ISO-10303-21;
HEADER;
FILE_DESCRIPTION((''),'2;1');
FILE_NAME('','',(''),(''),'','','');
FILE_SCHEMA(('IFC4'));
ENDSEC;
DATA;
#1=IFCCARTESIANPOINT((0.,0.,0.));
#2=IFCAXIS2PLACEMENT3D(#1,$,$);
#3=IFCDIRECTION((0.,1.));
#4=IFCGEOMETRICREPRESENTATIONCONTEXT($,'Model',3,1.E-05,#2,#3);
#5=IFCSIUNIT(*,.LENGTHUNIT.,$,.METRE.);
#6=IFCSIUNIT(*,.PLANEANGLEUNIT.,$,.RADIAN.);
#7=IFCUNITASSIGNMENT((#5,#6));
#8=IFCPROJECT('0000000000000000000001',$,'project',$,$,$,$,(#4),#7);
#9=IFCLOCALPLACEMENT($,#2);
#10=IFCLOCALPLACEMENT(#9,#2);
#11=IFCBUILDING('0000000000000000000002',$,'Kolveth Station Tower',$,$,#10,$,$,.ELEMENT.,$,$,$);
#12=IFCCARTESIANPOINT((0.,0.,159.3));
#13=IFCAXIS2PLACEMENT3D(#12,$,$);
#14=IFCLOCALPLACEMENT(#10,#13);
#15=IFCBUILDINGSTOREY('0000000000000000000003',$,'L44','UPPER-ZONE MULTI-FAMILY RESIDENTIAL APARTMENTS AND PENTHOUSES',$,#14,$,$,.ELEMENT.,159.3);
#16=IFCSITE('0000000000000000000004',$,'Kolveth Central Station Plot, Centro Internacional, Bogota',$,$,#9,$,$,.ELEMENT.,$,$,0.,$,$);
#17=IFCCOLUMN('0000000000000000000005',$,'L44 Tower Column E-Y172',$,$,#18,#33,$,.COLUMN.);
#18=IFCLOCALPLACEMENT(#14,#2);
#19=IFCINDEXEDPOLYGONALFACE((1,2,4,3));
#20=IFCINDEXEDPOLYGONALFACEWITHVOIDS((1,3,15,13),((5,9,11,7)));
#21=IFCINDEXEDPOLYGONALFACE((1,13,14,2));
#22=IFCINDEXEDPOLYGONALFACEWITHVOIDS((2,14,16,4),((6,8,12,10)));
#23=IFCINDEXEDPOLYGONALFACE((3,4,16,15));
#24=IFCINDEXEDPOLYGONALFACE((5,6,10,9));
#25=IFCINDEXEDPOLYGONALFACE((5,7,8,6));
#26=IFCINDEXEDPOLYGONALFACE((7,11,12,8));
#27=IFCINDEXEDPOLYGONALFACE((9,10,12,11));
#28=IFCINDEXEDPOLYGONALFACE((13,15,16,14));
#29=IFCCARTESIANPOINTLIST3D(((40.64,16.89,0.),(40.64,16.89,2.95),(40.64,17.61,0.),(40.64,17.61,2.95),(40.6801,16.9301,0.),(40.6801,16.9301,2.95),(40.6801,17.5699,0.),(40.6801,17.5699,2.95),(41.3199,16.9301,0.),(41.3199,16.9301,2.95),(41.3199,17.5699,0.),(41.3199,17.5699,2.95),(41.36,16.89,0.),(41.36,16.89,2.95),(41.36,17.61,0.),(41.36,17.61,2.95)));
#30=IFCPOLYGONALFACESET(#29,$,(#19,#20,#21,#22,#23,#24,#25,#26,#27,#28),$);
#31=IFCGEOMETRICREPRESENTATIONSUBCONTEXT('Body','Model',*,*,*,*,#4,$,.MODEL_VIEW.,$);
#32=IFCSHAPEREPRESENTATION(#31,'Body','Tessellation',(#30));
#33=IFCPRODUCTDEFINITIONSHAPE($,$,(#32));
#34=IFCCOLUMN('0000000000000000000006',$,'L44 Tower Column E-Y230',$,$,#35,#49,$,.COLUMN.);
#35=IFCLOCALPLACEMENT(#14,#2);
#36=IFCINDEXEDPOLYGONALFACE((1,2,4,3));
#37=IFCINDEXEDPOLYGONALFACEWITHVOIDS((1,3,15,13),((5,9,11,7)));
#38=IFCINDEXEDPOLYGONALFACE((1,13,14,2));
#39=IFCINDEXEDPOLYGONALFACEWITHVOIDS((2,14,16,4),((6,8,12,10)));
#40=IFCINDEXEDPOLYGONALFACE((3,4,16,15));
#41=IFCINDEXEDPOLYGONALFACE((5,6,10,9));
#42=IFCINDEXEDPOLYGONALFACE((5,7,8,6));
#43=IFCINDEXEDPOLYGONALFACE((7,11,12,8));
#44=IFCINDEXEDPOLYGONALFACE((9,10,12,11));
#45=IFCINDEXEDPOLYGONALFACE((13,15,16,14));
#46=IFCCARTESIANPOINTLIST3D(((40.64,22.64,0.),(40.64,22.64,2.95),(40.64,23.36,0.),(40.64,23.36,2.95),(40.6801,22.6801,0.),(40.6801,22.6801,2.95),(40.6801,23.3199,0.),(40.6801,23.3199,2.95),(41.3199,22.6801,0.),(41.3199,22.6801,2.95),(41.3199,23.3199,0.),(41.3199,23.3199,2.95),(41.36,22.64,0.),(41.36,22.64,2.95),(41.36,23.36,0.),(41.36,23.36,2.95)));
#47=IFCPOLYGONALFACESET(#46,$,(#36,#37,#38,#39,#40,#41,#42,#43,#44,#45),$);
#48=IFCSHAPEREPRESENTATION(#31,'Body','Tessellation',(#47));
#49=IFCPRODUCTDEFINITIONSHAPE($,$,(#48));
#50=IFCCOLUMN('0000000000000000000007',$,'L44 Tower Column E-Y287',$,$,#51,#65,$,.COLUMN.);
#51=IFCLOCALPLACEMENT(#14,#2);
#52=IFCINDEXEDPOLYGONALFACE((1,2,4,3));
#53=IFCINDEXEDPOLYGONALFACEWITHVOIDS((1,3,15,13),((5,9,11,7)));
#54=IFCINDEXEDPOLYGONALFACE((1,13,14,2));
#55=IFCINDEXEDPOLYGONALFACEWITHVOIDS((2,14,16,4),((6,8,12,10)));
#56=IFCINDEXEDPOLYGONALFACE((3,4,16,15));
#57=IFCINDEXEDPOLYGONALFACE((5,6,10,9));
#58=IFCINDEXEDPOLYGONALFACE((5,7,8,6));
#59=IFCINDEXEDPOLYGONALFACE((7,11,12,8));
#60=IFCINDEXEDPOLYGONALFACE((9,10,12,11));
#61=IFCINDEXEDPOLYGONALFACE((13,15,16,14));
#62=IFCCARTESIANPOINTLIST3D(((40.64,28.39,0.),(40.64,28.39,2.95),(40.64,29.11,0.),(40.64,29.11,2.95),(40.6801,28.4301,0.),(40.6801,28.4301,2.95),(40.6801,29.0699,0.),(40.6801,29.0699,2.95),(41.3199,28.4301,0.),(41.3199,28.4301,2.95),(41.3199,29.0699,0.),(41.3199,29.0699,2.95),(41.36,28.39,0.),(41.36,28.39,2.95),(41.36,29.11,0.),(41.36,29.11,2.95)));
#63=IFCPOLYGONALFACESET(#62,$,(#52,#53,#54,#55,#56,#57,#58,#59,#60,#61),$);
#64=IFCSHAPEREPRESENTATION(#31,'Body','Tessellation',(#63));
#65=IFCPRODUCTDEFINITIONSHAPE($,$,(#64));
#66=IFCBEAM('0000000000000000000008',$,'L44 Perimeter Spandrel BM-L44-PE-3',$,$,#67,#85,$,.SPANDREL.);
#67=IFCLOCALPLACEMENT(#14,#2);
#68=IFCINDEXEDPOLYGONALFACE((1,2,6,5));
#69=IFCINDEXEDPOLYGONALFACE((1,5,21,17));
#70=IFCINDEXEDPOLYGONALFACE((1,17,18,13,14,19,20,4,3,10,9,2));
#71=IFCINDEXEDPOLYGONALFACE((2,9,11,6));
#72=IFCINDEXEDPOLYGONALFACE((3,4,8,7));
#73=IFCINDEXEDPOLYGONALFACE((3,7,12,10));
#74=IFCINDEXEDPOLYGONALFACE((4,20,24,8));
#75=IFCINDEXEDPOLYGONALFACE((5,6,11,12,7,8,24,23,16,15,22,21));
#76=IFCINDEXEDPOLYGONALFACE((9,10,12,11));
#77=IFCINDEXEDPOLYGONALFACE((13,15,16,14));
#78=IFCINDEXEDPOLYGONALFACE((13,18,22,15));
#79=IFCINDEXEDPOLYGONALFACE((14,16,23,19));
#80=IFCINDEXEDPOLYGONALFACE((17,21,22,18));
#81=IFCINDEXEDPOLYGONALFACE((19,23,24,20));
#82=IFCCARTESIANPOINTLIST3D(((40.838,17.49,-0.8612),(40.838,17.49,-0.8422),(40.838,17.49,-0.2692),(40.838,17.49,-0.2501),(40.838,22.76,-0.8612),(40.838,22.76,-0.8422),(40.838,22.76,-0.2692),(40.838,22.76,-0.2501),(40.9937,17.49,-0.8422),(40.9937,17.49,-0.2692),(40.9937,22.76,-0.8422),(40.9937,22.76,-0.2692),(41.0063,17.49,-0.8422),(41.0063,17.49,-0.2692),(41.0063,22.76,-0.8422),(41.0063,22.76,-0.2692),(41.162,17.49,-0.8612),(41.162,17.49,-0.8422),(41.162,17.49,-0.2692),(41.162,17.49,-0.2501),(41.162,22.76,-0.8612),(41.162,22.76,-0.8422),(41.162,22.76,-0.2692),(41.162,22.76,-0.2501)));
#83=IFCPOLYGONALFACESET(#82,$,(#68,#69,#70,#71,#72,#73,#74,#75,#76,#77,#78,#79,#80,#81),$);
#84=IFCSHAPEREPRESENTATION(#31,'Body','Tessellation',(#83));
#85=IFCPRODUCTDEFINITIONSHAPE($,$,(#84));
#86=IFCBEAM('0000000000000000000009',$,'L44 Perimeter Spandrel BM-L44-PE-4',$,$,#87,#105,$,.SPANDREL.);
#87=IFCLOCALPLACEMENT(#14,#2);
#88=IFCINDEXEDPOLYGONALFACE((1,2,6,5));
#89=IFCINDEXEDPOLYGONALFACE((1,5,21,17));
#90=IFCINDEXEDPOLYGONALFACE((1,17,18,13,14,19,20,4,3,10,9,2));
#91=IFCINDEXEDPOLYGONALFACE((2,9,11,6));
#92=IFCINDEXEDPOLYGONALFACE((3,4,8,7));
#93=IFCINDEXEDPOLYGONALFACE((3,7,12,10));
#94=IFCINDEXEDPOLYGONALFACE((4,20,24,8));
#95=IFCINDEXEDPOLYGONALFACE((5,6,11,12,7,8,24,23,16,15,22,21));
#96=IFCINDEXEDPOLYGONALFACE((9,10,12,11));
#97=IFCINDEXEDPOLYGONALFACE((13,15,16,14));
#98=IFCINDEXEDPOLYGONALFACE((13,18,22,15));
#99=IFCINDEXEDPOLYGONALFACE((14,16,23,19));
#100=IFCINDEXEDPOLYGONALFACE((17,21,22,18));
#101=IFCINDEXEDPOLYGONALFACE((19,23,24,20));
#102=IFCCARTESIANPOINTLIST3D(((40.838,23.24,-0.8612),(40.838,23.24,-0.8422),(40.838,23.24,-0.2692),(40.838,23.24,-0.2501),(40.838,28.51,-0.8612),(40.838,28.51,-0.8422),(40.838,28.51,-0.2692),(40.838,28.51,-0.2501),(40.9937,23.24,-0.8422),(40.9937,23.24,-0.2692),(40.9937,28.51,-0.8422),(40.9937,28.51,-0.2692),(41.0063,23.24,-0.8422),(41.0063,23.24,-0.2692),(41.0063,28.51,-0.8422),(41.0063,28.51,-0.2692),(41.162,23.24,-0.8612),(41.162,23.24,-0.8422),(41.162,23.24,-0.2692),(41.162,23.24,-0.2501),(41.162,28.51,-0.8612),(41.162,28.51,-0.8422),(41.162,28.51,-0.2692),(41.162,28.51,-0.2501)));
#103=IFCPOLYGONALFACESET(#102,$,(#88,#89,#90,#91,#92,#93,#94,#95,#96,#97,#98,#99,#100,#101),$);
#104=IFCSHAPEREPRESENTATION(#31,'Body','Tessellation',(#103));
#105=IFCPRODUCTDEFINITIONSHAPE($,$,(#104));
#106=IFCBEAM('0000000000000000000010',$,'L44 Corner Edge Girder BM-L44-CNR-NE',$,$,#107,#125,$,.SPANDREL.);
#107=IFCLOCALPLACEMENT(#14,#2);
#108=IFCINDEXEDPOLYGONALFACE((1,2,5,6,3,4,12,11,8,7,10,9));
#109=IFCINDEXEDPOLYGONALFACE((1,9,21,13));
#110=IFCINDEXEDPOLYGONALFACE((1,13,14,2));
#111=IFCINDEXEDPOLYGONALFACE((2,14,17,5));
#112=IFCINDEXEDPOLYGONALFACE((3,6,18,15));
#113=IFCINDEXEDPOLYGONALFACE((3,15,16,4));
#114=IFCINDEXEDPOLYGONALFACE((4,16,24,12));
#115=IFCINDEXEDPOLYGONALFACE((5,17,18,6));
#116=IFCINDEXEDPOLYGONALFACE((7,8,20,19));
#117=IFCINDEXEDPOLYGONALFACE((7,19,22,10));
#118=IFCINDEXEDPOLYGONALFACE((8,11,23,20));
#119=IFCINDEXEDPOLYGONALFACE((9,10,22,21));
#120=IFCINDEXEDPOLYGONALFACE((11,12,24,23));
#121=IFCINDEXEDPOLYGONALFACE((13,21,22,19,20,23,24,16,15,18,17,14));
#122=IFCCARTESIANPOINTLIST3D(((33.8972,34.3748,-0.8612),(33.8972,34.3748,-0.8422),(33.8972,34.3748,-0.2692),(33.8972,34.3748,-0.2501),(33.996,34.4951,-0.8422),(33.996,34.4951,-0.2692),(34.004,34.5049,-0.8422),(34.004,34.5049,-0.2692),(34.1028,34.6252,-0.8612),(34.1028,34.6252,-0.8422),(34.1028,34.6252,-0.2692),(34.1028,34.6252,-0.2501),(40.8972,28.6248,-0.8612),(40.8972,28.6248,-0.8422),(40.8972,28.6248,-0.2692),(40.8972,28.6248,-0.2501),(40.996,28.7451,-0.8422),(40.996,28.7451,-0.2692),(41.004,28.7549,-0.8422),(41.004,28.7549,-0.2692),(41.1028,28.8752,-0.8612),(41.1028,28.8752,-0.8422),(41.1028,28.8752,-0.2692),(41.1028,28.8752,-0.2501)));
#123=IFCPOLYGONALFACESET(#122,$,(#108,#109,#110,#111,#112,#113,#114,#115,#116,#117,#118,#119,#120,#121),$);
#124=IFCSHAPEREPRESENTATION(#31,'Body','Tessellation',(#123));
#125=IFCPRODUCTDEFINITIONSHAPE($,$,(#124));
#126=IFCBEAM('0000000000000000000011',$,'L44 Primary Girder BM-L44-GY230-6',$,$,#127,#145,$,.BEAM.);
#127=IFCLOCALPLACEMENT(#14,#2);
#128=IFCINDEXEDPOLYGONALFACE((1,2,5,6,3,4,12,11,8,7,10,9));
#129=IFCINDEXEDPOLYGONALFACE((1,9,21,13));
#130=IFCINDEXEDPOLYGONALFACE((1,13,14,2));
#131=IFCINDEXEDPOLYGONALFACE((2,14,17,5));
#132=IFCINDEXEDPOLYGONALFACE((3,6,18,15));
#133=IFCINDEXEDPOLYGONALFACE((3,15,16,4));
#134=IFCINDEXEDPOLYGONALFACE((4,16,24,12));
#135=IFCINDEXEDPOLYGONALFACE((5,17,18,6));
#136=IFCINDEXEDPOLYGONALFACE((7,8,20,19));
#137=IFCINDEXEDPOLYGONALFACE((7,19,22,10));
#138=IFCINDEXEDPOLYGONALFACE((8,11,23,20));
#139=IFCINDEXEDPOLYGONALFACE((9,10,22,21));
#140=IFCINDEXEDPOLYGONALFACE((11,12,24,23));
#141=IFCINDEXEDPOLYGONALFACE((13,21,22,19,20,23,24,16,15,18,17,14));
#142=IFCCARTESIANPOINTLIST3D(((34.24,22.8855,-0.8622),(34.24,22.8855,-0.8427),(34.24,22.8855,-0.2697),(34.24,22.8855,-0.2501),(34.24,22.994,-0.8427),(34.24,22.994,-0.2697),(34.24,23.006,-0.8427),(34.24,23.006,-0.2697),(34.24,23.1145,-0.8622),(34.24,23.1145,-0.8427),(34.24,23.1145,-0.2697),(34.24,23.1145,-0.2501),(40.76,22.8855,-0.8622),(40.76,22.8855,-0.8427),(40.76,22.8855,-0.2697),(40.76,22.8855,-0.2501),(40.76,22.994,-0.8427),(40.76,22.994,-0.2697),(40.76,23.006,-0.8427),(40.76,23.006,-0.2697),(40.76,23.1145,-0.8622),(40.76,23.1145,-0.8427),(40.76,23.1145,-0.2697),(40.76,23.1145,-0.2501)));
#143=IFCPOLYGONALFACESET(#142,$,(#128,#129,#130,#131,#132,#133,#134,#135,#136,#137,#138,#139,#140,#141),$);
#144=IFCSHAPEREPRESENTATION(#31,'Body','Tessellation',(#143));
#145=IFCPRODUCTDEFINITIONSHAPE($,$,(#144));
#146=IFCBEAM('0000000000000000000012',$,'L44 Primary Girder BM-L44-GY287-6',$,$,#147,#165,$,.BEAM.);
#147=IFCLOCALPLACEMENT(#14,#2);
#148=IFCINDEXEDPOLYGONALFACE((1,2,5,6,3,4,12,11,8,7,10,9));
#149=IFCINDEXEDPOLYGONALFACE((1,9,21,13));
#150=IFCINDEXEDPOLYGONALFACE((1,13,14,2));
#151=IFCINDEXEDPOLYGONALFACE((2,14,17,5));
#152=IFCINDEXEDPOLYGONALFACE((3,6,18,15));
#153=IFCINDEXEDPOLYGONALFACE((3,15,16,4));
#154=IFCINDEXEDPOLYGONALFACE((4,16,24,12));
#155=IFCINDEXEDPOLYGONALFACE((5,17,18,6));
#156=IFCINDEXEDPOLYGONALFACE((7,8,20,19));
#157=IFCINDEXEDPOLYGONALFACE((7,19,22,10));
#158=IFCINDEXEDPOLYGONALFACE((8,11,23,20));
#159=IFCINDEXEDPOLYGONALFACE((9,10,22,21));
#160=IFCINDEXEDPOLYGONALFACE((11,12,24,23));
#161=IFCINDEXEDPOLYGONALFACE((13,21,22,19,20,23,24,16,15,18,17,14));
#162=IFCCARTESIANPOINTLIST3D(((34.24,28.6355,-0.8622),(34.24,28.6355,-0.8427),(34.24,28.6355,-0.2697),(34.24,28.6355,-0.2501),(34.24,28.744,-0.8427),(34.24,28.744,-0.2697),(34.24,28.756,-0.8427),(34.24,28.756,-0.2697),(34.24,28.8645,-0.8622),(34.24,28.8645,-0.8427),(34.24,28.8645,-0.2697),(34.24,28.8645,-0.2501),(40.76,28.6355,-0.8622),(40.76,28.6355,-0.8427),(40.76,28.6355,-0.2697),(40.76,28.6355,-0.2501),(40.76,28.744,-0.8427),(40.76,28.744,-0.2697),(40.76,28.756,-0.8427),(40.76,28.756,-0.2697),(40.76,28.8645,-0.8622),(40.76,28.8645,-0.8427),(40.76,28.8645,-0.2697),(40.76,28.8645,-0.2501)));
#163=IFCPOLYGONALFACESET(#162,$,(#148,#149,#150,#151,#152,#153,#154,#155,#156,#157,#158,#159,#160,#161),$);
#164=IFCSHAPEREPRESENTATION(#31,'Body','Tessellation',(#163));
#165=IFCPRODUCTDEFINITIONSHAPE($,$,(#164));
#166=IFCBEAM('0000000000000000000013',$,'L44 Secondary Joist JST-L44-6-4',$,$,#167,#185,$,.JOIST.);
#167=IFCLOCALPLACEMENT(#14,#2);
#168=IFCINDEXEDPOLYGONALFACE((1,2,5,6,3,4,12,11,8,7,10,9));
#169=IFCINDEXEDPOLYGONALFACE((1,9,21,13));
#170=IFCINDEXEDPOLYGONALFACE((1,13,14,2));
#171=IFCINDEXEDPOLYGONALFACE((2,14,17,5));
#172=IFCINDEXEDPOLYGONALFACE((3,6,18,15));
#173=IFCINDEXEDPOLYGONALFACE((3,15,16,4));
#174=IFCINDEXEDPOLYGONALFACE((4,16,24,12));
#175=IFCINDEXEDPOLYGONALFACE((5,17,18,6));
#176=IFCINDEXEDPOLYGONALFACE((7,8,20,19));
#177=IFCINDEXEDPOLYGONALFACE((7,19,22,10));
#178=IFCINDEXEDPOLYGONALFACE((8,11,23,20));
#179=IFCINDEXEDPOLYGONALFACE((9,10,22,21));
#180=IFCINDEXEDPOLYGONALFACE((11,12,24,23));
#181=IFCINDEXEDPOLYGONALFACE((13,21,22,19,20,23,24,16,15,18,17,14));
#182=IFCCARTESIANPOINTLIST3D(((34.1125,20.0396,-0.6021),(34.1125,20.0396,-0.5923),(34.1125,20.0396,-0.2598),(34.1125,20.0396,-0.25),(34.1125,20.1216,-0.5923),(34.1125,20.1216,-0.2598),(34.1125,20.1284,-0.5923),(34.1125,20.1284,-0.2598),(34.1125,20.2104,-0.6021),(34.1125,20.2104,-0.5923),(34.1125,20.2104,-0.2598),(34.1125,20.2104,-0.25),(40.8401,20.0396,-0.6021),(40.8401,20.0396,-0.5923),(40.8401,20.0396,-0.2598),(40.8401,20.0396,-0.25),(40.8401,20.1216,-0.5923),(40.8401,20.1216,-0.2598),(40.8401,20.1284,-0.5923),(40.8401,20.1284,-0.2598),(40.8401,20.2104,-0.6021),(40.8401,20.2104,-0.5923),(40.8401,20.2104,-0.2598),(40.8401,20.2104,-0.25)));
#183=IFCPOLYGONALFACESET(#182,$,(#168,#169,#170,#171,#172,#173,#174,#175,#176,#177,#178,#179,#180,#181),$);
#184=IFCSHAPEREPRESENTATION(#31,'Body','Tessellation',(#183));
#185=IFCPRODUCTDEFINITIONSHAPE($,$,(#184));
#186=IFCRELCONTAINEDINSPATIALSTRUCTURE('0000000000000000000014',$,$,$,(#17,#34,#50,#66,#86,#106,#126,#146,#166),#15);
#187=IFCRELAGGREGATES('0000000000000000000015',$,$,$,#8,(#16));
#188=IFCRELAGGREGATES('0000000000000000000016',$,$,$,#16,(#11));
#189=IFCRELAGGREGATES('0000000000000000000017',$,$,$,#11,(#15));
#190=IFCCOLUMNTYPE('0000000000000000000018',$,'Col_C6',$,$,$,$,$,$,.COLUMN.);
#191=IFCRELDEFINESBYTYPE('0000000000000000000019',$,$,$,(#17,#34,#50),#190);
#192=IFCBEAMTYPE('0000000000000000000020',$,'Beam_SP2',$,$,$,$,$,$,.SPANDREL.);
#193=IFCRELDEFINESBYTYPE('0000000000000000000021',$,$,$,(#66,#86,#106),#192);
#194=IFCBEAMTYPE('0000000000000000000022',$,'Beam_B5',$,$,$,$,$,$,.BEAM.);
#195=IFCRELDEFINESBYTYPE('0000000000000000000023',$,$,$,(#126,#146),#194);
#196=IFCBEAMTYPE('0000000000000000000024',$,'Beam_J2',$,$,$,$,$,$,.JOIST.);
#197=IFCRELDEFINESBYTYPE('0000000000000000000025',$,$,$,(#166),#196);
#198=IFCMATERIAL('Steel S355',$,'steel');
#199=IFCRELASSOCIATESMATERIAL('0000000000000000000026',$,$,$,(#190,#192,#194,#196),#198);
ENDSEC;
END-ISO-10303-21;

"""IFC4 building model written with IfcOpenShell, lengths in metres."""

from ifc_helpers import new_model, si_unit, direction, frame, origin, origin_2d, place, context, subcontext, project, spatial, hollow_rectangle, i_section, extrude, source, transform, mapped, material, material_profile, profile_set, type_object, element, save


model = new_model("IFC4")

# Units and contexts
model_context = context("Model", 3, precision=1e-05, world=origin(), true_north=direction((0.0, 1.0)))
body_context = subcontext(model_context, "Body", "Model", "MODEL_VIEW")
ifc_project = project(units=[si_unit("LENGTHUNIT", "METRE"), si_unit("PLANEANGLEUNIT", "RADIAN")], contexts=[model_context])

# Site, building, storey
site_placement = place(None, origin())
site = spatial("IfcSite", under=ifc_project, at=site_placement, Name="Kolveth Central Station Plot, Centro Internacional, Bogota", CompositionType="ELEMENT", RefElevation=0.0)
building_placement = place(site_placement, origin())
building = spatial("IfcBuilding", under=site, at=building_placement, Name="Kolveth Station Tower", CompositionType="ELEMENT")
storey_placement = place(building_placement, frame((0.0, 0.0, 159.3)))
storey = spatial("IfcBuildingStorey", under=building, at=storey_placement, Name="L44", Description="UPPER-ZONE MULTI-FAMILY RESIDENTIAL APARTMENTS AND PENTHOUSES", CompositionType="ELEMENT", Elevation=159.3)

# Columns
ifc_material_1 = material(Name="Steel S355", Category="steel")
ifc_material_profile_1 = material_profile(ifc_material_1, hollow_rectangle(XDim=0.72, YDim=0.72, WallThickness=0.04, at=origin_2d()), Name="BOX720x720x40")
ifc_profile_set_1 = profile_set([ifc_material_profile_1], Name="Steel S355")
column_type = type_object("IfcColumnType", Name="Col_C6", PredefinedType="COLUMN", material=ifc_profile_set_1)
shared_shape_1 = source(origin(), body_context, "Body", "SweptSolid", [
    extrude(hollow_rectangle(XDim=0.72, YDim=0.72, WallThickness=0.04, at=origin_2d()), origin(), (0.0, 0.0, 1.0), 2.95),
])
for number, where, z_axis, x_axis, name in (
    (1, (41.0, 17.25, 0.0), (0.0, 0.0, 1.0), (1.0, 0.0, 0.0), "L44 Tower Column E-Y172"),
    (2, (41.0, 23.0, 0.0), (0.0, 0.0, 1.0), (1.0, 0.0, 0.0), "L44 Tower Column E-Y230"),
    (3, (41.0, 28.75, 0.0), (0.0, 0.0, 1.0), (1.0, 0.0, 0.0), "L44 Tower Column E-Y287"),
):
    element("IfcColumn", number, at=place(storey_placement, frame(where, z_axis=z_axis, x_axis=x_axis)), inside=storey, type_object=column_type, Name=name, PredefinedType="COLUMN", context=body_context, shape_type="MappedRepresentation", body=[
        mapped(shared_shape_1, transform((0.0, 0.0, 0.0), x_axis=(1.0, 0.0, 0.0), y_axis=(0.0, 1.0, 0.0), z_axis=(0.0, 0.0, 1.0), scale=1.0)),
    ])

# Beams
ifc_material_profile_2 = material_profile(ifc_material_1, i_section(OverallWidth=0.324, OverallDepth=0.6111, WebThickness=0.0127, FlangeThickness=0.019, at=origin_2d()), Name="W610x155")
ifc_profile_set_2 = profile_set([ifc_material_profile_2], Name="Steel S355")
beam_type_1 = type_object("IfcBeamType", Name="Beam_SP2", PredefinedType="SPANDREL", material=ifc_profile_set_2)
shared_shape_2 = source(origin(), body_context, "Body", "SweptSolid", [
    extrude(i_section(OverallWidth=0.324, OverallDepth=0.6111, WebThickness=0.0127, FlangeThickness=0.019, at=origin_2d()), origin(), (0.0, 0.0, 1.0), 5.27),
])
for number, where, z_axis, x_axis, name in (
    (4, (41.0, 17.49, -0.5557), (0.0, 1.0, 0.0), (-1.0, 0.0, 0.0), "L44 Perimeter Spandrel BM-L44-PE-3"),
    (5, (41.0, 23.24, -0.5557), (0.0, 1.0, 0.0), (-1.0, 0.0, 0.0), "L44 Perimeter Spandrel BM-L44-PE-4"),
):
    element("IfcBeam", number, at=place(storey_placement, frame(where, z_axis=z_axis, x_axis=x_axis)), inside=storey, type_object=beam_type_1, Name=name, PredefinedType="SPANDREL", context=body_context, shape_type="MappedRepresentation", body=[
        mapped(shared_shape_2, transform((0.0, 0.0, 0.0), x_axis=(1.0, 0.0, 0.0), y_axis=(0.0, 1.0, 0.0), z_axis=(0.0, 0.0, 1.0), scale=1.0)),
    ])
shared_shape_3 = source(origin(), body_context, "Body", "SweptSolid", [
    extrude(i_section(OverallWidth=0.324, OverallDepth=0.6111, WebThickness=0.0127, FlangeThickness=0.019, at=origin_2d()), origin(), (0.0, 0.0, 1.0), 9.0588),
])
beam_placement = place(storey_placement, frame((41.0, 28.75, -0.5557), z_axis=(-0.772726, 0.634739, 0.0), x_axis=(-0.634739, -0.772726, 0.0)))
element("IfcBeam", 6, at=beam_placement, inside=storey, type_object=beam_type_1, Name="L44 Corner Edge Girder BM-L44-CNR-NE", PredefinedType="SPANDREL", context=body_context, shape_type="MappedRepresentation", body=[
    mapped(shared_shape_3, transform((0.0, 0.0, 0.0), x_axis=(1.0, 0.0, 0.0), y_axis=(0.0, 1.0, 0.0), z_axis=(0.0, 0.0, 1.0), scale=1.0)),
])
ifc_material_profile_3 = material_profile(ifc_material_1, i_section(OverallWidth=0.229, OverallDepth=0.6121, WebThickness=0.012, FlangeThickness=0.0195, at=origin_2d()), Name="W610x125")
ifc_profile_set_3 = profile_set([ifc_material_profile_3], Name="Steel S355")
beam_type_2 = type_object("IfcBeamType", Name="Beam_B5", PredefinedType="BEAM", material=ifc_profile_set_3)
shared_shape_4 = source(origin(), body_context, "Body", "SweptSolid", [
    extrude(i_section(OverallWidth=0.229, OverallDepth=0.6121, WebThickness=0.012, FlangeThickness=0.0195, at=origin_2d()), origin(), (0.0, 0.0, 1.0), 6.52),
])
for number, where, z_axis, x_axis, name in (
    (7, (34.24, 23.0, -0.5562), (1.0, 0.0, 0.0), (0.0, 1.0, 0.0), "L44 Primary Girder BM-L44-GY230-6"),
    (8, (34.24, 28.75, -0.5562), (1.0, 0.0, 0.0), (0.0, 1.0, 0.0), "L44 Primary Girder BM-L44-GY287-6"),
):
    element("IfcBeam", number, at=place(storey_placement, frame(where, z_axis=z_axis, x_axis=x_axis)), inside=storey, type_object=beam_type_2, Name=name, PredefinedType="BEAM", context=body_context, shape_type="MappedRepresentation", body=[
        mapped(shared_shape_4, transform((0.0, 0.0, 0.0), x_axis=(1.0, 0.0, 0.0), y_axis=(0.0, 1.0, 0.0), z_axis=(0.0, 0.0, 1.0), scale=1.0)),
    ])
ifc_material_profile_4 = material_profile(ifc_material_1, i_section(OverallWidth=0.1709, OverallDepth=0.3521, WebThickness=0.0068, FlangeThickness=0.0098, at=origin_2d()), Name="W360x44")
ifc_profile_set_4 = profile_set([ifc_material_profile_4], Name="Steel S355")
beam_type_3 = type_object("IfcBeamType", Name="Beam_J2", PredefinedType="JOIST", material=ifc_profile_set_4)
shared_shape_5 = source(origin(), body_context, "Body", "SweptSolid", [
    extrude(i_section(OverallWidth=0.1709, OverallDepth=0.3521, WebThickness=0.0068, FlangeThickness=0.0098, at=origin_2d()), origin(), (0.0, 0.0, 1.0), 6.7275),
])
for number, where, z_axis, x_axis, name in (
    (9, (34.1125, 20.125, -0.426), (1.0, 0.0, 0.0), (0.0, 1.0, 0.0), "L44 Secondary Joist JST-L44-6-4"),
):
    element("IfcBeam", number, at=place(storey_placement, frame(where, z_axis=z_axis, x_axis=x_axis)), inside=storey, type_object=beam_type_3, Name=name, PredefinedType="JOIST", context=body_context, shape_type="MappedRepresentation", body=[
        mapped(shared_shape_5, transform((0.0, 0.0, 0.0), x_axis=(1.0, 0.0, 0.0), y_axis=(0.0, 1.0, 0.0), z_axis=(0.0, 0.0, 1.0), scale=1.0)),
    ])

save(model, "model.ifc")
